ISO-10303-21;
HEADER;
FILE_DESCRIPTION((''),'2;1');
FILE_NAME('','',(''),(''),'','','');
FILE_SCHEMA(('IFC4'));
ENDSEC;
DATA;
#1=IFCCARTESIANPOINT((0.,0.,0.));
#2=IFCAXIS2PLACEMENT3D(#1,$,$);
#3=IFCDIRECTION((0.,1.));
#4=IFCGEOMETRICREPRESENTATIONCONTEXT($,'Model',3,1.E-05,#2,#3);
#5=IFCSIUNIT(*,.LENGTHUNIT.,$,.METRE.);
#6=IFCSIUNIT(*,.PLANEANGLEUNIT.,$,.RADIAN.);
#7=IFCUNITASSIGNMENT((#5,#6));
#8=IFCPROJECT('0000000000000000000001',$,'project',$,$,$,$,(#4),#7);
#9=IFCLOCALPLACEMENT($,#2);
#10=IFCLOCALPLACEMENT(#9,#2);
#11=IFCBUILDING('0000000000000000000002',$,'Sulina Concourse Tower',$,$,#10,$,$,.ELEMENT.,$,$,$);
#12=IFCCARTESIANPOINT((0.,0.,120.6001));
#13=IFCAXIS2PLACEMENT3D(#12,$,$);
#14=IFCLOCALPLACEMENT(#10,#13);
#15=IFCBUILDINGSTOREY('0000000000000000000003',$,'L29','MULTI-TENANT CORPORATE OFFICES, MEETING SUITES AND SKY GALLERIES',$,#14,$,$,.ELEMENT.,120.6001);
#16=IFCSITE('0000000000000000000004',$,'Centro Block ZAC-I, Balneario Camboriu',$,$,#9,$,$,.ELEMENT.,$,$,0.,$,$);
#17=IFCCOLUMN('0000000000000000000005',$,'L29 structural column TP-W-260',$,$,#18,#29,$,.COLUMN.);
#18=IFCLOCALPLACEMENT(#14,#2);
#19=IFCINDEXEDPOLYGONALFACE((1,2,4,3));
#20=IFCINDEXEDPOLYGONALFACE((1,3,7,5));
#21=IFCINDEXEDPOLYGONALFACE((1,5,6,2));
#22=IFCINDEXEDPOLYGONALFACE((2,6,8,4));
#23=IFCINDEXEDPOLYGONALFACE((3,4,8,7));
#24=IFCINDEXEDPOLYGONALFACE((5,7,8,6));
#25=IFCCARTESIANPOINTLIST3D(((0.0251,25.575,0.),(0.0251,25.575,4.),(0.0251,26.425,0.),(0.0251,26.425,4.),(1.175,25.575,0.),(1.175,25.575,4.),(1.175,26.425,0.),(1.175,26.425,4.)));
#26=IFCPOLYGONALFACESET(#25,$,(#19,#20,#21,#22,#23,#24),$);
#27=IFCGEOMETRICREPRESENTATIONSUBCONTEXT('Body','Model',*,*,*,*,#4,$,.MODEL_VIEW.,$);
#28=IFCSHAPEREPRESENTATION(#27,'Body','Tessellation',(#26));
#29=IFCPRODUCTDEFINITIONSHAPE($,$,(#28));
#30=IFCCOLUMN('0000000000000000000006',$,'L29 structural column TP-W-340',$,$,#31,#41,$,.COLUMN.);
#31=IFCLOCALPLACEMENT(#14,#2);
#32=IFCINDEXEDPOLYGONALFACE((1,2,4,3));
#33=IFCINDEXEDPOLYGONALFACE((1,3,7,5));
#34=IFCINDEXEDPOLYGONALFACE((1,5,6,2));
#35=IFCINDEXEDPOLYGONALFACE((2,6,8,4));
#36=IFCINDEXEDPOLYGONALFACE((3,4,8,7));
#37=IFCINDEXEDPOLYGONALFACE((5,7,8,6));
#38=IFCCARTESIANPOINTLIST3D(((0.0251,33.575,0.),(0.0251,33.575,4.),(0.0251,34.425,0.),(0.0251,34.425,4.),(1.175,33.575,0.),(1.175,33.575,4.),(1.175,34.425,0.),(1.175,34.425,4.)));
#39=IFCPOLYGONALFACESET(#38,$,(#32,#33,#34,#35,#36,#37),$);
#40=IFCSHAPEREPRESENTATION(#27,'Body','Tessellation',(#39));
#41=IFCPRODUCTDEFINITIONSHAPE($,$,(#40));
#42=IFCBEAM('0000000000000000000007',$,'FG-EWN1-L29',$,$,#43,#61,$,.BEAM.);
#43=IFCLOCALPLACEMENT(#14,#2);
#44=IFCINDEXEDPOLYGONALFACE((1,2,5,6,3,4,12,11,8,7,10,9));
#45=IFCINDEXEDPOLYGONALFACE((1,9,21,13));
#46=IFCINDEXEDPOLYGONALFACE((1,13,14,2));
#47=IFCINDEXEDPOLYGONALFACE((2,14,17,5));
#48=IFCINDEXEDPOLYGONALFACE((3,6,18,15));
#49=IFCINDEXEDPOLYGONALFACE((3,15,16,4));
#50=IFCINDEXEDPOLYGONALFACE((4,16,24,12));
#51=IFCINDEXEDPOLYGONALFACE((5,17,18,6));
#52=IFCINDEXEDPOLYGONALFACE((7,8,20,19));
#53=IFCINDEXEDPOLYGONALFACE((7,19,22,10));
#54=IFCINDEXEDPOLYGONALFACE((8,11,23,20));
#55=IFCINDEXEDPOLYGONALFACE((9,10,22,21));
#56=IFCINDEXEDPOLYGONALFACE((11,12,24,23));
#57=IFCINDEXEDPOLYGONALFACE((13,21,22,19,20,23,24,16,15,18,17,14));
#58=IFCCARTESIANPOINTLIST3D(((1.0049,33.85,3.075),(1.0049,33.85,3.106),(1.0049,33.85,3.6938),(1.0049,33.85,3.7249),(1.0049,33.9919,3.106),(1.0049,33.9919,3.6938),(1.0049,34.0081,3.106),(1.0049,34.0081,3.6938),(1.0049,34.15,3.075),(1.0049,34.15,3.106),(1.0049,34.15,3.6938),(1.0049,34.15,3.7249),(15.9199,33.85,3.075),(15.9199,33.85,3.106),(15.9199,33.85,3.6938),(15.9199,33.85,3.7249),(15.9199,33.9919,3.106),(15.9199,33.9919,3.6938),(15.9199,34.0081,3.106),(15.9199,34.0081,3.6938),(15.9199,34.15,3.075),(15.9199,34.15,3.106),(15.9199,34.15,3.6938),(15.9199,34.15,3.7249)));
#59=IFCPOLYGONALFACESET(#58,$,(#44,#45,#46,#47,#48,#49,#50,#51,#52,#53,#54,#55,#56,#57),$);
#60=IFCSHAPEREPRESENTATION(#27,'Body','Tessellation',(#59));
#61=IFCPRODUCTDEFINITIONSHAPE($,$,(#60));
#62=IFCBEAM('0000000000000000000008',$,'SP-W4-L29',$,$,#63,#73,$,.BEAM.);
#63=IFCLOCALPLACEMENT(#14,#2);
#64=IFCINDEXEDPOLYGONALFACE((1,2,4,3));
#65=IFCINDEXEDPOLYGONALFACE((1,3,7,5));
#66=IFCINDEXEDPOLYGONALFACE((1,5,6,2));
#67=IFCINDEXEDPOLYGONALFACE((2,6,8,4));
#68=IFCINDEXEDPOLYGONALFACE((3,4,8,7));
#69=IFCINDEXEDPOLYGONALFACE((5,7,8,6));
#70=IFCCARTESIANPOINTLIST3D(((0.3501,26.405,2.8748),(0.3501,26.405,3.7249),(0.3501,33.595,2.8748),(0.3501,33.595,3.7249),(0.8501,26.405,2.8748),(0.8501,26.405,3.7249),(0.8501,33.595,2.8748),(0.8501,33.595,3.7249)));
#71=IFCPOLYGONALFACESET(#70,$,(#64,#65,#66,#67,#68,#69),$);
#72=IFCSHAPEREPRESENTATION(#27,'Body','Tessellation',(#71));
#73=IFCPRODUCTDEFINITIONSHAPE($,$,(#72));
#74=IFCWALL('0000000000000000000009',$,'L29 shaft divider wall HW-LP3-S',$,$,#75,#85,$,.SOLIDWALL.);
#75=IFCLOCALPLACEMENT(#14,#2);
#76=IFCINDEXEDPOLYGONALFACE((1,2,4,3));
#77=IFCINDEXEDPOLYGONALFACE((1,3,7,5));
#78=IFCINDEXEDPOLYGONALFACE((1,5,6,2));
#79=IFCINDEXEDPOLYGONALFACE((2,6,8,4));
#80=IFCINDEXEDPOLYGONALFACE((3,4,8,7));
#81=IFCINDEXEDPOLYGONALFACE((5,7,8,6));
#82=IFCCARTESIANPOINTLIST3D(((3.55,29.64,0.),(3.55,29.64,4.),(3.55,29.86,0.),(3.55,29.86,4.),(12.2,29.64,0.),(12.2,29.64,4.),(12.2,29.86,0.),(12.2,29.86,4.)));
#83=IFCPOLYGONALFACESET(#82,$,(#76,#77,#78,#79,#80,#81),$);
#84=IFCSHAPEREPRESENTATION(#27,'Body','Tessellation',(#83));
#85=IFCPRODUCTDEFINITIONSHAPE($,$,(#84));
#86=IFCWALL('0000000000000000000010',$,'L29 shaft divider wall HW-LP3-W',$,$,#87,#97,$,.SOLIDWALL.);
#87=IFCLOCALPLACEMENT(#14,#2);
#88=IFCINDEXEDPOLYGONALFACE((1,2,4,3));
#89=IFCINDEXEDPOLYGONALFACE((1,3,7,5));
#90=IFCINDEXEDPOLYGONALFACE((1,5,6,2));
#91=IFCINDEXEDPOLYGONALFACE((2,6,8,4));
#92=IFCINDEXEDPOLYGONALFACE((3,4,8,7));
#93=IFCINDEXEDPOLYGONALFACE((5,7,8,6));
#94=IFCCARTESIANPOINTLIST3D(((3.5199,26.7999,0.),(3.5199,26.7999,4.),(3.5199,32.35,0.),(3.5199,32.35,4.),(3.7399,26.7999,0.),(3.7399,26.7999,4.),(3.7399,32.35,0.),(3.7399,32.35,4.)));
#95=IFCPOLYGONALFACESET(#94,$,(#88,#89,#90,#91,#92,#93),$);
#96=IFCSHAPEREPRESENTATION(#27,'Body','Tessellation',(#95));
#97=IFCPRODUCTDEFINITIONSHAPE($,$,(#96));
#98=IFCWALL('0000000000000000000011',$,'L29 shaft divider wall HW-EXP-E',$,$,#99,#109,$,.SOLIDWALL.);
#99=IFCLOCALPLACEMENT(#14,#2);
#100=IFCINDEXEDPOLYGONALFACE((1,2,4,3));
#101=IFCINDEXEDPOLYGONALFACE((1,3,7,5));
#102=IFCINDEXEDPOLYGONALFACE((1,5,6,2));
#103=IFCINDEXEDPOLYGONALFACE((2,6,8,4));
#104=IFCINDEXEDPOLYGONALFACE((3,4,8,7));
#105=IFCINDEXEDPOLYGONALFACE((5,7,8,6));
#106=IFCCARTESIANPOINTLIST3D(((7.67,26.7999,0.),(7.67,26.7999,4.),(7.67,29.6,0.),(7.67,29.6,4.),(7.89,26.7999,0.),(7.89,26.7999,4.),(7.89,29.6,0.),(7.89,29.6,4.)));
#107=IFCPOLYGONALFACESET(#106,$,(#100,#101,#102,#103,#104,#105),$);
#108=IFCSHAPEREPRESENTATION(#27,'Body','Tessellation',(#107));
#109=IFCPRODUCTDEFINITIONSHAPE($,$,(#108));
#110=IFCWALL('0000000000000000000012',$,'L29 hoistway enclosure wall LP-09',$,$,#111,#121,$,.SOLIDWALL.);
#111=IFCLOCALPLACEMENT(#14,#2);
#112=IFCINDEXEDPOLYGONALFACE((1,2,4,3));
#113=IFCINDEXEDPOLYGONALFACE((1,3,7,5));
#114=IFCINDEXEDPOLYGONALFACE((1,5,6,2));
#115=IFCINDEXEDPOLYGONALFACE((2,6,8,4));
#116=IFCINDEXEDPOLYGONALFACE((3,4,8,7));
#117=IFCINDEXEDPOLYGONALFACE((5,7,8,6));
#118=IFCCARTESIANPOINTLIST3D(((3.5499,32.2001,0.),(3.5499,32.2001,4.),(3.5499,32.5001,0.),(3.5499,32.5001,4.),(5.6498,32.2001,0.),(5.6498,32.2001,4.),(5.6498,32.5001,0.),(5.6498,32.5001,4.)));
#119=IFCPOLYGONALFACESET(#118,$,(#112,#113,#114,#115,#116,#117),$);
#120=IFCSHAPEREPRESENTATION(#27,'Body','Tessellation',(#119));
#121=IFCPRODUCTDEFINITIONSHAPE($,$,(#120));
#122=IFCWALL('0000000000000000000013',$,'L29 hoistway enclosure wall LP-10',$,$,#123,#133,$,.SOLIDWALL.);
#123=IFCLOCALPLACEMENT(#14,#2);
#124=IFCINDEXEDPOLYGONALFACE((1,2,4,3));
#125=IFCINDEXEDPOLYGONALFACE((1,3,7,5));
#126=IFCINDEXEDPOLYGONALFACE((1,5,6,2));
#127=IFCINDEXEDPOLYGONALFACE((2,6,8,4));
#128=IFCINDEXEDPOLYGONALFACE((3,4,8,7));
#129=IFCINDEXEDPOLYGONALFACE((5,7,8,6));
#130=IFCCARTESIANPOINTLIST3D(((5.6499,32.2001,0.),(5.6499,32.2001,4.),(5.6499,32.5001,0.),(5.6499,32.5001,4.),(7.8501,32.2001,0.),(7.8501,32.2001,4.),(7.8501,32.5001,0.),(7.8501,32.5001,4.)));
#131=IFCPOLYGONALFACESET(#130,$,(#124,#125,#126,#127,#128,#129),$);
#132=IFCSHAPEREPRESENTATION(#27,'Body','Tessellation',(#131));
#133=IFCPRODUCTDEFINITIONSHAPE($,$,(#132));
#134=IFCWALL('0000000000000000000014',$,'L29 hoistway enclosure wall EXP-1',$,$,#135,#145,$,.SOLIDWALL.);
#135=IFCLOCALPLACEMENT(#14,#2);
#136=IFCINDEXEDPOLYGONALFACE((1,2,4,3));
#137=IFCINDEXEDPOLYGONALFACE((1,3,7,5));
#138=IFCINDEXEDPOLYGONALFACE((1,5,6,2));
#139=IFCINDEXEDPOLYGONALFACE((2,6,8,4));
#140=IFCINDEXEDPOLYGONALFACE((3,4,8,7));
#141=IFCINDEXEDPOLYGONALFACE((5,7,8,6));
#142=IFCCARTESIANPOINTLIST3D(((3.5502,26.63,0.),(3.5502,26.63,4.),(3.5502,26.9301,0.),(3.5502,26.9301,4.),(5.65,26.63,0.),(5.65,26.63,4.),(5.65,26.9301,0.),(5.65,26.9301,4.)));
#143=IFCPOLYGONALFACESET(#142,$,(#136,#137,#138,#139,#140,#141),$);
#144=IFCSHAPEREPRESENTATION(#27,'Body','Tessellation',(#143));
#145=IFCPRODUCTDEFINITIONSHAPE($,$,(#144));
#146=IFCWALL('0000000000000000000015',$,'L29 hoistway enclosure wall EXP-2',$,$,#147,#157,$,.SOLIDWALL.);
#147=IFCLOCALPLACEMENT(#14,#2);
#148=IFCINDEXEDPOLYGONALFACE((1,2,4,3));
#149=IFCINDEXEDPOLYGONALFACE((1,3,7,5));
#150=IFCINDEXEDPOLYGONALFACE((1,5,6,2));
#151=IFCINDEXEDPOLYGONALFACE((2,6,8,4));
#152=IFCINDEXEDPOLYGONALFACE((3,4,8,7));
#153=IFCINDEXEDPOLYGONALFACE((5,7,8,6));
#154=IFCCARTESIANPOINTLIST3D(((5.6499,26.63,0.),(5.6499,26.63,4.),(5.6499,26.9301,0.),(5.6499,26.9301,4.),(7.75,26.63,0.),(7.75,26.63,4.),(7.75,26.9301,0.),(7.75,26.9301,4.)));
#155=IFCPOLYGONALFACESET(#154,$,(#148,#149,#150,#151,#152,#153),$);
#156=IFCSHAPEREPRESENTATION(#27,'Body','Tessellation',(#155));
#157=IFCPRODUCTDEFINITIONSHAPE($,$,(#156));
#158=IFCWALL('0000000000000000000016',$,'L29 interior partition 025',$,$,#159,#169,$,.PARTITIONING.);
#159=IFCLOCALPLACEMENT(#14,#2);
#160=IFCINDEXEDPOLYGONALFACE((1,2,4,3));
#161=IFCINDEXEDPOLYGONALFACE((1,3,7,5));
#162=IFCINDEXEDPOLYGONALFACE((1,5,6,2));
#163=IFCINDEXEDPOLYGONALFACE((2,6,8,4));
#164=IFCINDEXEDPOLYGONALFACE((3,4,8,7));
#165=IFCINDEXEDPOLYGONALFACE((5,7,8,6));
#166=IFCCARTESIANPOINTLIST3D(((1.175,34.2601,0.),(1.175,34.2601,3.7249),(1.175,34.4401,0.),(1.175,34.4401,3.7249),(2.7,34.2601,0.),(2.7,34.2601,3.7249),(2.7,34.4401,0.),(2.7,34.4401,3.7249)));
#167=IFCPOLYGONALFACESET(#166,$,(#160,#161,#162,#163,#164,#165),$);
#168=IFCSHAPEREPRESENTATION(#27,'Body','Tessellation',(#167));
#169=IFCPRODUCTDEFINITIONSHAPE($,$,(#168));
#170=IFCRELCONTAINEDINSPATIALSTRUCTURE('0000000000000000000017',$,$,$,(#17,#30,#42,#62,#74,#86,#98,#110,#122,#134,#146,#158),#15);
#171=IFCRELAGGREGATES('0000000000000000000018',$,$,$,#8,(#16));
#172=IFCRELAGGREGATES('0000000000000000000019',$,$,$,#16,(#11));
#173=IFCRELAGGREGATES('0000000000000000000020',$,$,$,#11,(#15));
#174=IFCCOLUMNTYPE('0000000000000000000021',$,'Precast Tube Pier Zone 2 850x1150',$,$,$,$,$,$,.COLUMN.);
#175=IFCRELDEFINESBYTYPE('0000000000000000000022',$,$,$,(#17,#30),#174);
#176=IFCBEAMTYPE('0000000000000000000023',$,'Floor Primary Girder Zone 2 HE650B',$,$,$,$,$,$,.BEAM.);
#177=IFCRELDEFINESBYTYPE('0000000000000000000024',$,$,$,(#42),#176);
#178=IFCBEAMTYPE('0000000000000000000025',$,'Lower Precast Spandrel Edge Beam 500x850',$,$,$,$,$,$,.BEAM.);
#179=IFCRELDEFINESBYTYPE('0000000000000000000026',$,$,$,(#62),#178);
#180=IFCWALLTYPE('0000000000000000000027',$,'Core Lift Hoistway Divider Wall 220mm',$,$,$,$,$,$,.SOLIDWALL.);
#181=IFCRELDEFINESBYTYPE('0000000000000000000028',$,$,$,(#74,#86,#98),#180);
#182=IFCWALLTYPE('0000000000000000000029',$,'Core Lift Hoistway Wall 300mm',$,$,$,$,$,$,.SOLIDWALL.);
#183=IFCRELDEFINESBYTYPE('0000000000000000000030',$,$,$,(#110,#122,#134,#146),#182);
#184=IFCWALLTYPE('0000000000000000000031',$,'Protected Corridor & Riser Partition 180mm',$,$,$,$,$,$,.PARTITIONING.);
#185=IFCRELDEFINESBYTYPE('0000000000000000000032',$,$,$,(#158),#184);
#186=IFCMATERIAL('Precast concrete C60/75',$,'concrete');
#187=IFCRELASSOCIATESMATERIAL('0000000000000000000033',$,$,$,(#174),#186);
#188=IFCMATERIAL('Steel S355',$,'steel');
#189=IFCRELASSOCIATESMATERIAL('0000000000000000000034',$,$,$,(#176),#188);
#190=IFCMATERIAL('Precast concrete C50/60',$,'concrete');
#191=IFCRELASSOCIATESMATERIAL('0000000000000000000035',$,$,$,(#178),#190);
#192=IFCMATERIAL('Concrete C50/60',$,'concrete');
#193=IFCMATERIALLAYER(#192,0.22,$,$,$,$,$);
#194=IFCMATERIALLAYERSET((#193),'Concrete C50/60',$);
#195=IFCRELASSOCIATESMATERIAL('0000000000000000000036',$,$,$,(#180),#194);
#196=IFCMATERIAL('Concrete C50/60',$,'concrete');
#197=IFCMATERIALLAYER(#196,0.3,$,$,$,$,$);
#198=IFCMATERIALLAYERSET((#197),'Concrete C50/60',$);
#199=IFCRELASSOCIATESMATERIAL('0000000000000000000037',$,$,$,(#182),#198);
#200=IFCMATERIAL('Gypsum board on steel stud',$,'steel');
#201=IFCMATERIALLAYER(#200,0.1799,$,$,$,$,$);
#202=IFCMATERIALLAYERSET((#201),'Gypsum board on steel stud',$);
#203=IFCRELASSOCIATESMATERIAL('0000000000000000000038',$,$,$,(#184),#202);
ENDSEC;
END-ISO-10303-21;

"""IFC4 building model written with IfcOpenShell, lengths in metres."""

from ifc_helpers import new_model, si_unit, direction, frame, frame_2d, origin, origin_2d, place, context, subcontext, project, spatial, rectangle, i_section, extrude, material, layer, layer_set, material_profile, profile_set, type_object, element, save


model = new_model("IFC4")

# Units and contexts
model_context = context("Model", 3, precision=1e-05, world=origin(), true_north=direction((0.0, 1.0)))
body_context = subcontext(model_context, "Body", "Model", "MODEL_VIEW")
ifc_project = project(units=[si_unit("LENGTHUNIT", "METRE"), si_unit("PLANEANGLEUNIT", "RADIAN")], contexts=[model_context])

# Site, building, storey
site_placement = place(None, origin())
site = spatial("IfcSite", under=ifc_project, at=site_placement, Name="Centro Block ZAC-I, Balneario Camboriu", CompositionType="ELEMENT", RefElevation=0.0)
building_placement = place(site_placement, origin())
building = spatial("IfcBuilding", under=site, at=building_placement, Name="Sulina Concourse Tower", CompositionType="ELEMENT")
storey_placement = place(building_placement, frame((0.0, 0.0, 120.6001)))
storey = spatial("IfcBuildingStorey", under=building, at=storey_placement, Name="L29", Description="MULTI-TENANT CORPORATE OFFICES, MEETING SUITES AND SKY GALLERIES", CompositionType="ELEMENT", Elevation=120.6001)

# Columns
ifc_material_1 = material(Name="Precast concrete C60/75", Category="concrete")
ifc_material_profile_1 = material_profile(ifc_material_1, rectangle(XDim=0.8501, YDim=1.1499, at=origin_2d()), Name="PC 850x1150")
ifc_profile_set_1 = profile_set([ifc_material_profile_1], Name="Precast concrete C60/75")
column_type = type_object("IfcColumnType", Name="Precast Tube Pier Zone 2 850x1150", PredefinedType="COLUMN", material=ifc_profile_set_1)
for number, where, z_axis, x_axis, name in (
    (1, (0.6001, 26.0, 0.0), (0.0, 0.0, 1.0), (0.0, 1.0, 0.0), "L29 structural column TP-W-260"),
    (2, (0.6001, 34.0, 0.0), (0.0, 0.0, 1.0), (0.0, 1.0, 0.0), "L29 structural column TP-W-340"),
):
    element("IfcColumn", number, at=place(storey_placement, frame(where, z_axis=z_axis, x_axis=x_axis)), inside=storey, type_object=column_type, Name=name, PredefinedType="COLUMN", context=body_context, shape_type="SweptSolid", body=[
        extrude(rectangle(XDim=0.8501, YDim=1.1499, at=origin_2d()), origin(), (0.0, 0.0, 1.0), 4.0),
    ])

# Beams
ifc_material_2 = material(Name="Steel S355", Category="steel")
ifc_material_profile_2 = material_profile(ifc_material_2, i_section(OverallWidth=0.3, OverallDepth=0.6499, WebThickness=0.0161, FlangeThickness=0.031, at=origin_2d()), Name="HE 650 B")
ifc_profile_set_2 = profile_set([ifc_material_profile_2], Name="Steel S355")
beam_type_1 = type_object("IfcBeamType", Name="Floor Primary Girder Zone 2 HE650B", PredefinedType="BEAM", material=ifc_profile_set_2)
beam_1_placement = place(storey_placement, frame((1.0049, 34.0, 3.3999), z_axis=(1.0, 0.0, 0.0), x_axis=(0.0, 1.0, 0.0)))
element("IfcBeam", 3, at=beam_1_placement, inside=storey, type_object=beam_type_1, Name="FG-EWN1-L29", PredefinedType="BEAM", context=body_context, shape_type="SweptSolid", body=[
    extrude(i_section(OverallWidth=0.3, OverallDepth=0.6499, WebThickness=0.0161, FlangeThickness=0.031, at=origin_2d()), origin(), (0.0, 0.0, 1.0), 14.915),
])
ifc_material_3 = material(Name="Precast concrete C50/60", Category="concrete")
ifc_material_profile_3 = material_profile(ifc_material_3, rectangle(XDim=0.5, YDim=0.8501, at=origin_2d()), Name="RC 500x850")
ifc_profile_set_3 = profile_set([ifc_material_profile_3], Name="Precast concrete C50/60")
beam_type_2 = type_object("IfcBeamType", Name="Lower Precast Spandrel Edge Beam 500x850", PredefinedType="BEAM", material=ifc_profile_set_3)
beam_2_placement = place(storey_placement, frame((0.6001, 26.405, 3.2998), z_axis=(0.0, 1.0, 0.0), x_axis=(-1.0, 0.0, 0.0)))
element("IfcBeam", 4, at=beam_2_placement, inside=storey, type_object=beam_type_2, Name="SP-W4-L29", PredefinedType="BEAM", context=body_context, shape_type="SweptSolid", body=[
    extrude(rectangle(XDim=0.5, YDim=0.8501, at=origin_2d()), origin(), (0.0, 0.0, 1.0), 7.1899),
])

# Walls
ifc_material_4 = material(Name="Concrete C50/60", Category="concrete")
ifc_layer_1 = layer(ifc_material_4, 0.22)
ifc_layer_set_1 = layer_set([ifc_layer_1], Name="Concrete C50/60")
wall_type_1 = type_object("IfcWallType", Name="Core Lift Hoistway Divider Wall 220mm", PredefinedType="SOLIDWALL", material=ifc_layer_set_1)
wall_1_placement = place(storey_placement, frame((3.55, 29.75, 0.0), z_axis=(0.0, 0.0, 1.0), x_axis=(1.0, 0.0, 0.0)))
element("IfcWall", 5, at=wall_1_placement, inside=storey, type_object=wall_type_1, Name="L29 shaft divider wall HW-LP3-S", PredefinedType="SOLIDWALL", context=body_context, shape_type="SweptSolid", body=[
    extrude(rectangle(XDim=8.6499, YDim=0.22, at=frame_2d((4.325, 0.0))), origin(), (0.0, 0.0, 1.0), 4.0),
])
wall_2_placement = place(storey_placement, frame((3.6299, 26.8, 0.0), z_axis=(0.0, 0.0, 1.0), x_axis=(0.0, 1.0, 0.0)))
element("IfcWall", 6, at=wall_2_placement, inside=storey, type_object=wall_type_1, Name="L29 shaft divider wall HW-LP3-W", PredefinedType="SOLIDWALL", context=body_context, shape_type="SweptSolid", body=[
    extrude(rectangle(XDim=5.55, YDim=0.22, at=frame_2d((2.7749, 0.0))), origin(), (0.0, 0.0, 1.0), 4.0),
])
wall_3_placement = place(storey_placement, frame((7.78, 26.8, 0.0), z_axis=(0.0, 0.0, 1.0), x_axis=(0.0, 1.0, 0.0)))
element("IfcWall", 7, at=wall_3_placement, inside=storey, type_object=wall_type_1, Name="L29 shaft divider wall HW-EXP-E", PredefinedType="SOLIDWALL", context=body_context, shape_type="SweptSolid", body=[
    extrude(rectangle(XDim=2.8, YDim=0.22, at=frame_2d((1.3999, 0.0))), origin(), (0.0, 0.0, 1.0), 4.0),
])
ifc_material_5 = material(Name="Concrete C50/60", Category="concrete")
ifc_layer_2 = layer(ifc_material_5, 0.3)
ifc_layer_set_2 = layer_set([ifc_layer_2], Name="Concrete C50/60")
wall_type_2 = type_object("IfcWallType", Name="Core Lift Hoistway Wall 300mm", PredefinedType="SOLIDWALL", material=ifc_layer_set_2)
wall_4_placement = place(storey_placement, frame((3.55, 32.3501, 0.0), z_axis=(0.0, 0.0, 1.0), x_axis=(1.0, 0.0, 0.0)))
element("IfcWall", 8, at=wall_4_placement, inside=storey, type_object=wall_type_2, Name="L29 hoistway enclosure wall LP-09", PredefinedType="SOLIDWALL", context=body_context, shape_type="SweptSolid", body=[
    extrude(rectangle(XDim=2.0999, YDim=0.3, at=frame_2d((1.0498, 0.0))), origin(), (0.0, 0.0, 1.0), 4.0),
])
wall_5_placement = place(storey_placement, frame((5.6499, 32.3501, 0.0), z_axis=(0.0, 0.0, 1.0), x_axis=(1.0, 0.0, 0.0)))
element("IfcWall", 9, at=wall_5_placement, inside=storey, type_object=wall_type_2, Name="L29 hoistway enclosure wall LP-10", PredefinedType="SOLIDWALL", context=body_context, shape_type="SweptSolid", body=[
    extrude(rectangle(XDim=2.2002, YDim=0.3, at=frame_2d((1.1001, 0.0))), origin(), (0.0, 0.0, 1.0), 4.0),
])
wall_6_placement = place(storey_placement, frame((5.6499, 26.78, 0.0), z_axis=(0.0, 0.0, 1.0), x_axis=(-1.0, 0.0, 0.0)))
element("IfcWall", 10, at=wall_6_placement, inside=storey, type_object=wall_type_2, Name="L29 hoistway enclosure wall EXP-1", PredefinedType="SOLIDWALL", context=body_context, shape_type="SweptSolid", body=[
    extrude(rectangle(XDim=2.0999, YDim=0.3, at=frame_2d((1.0498, 0.0))), origin(), (0.0, 0.0, 1.0), 4.0),
])
wall_7_placement = place(storey_placement, frame((7.75, 26.78, 0.0), z_axis=(0.0, 0.0, 1.0), x_axis=(-1.0, 0.0, 0.0)))
element("IfcWall", 11, at=wall_7_placement, inside=storey, type_object=wall_type_2, Name="L29 hoistway enclosure wall EXP-2", PredefinedType="SOLIDWALL", context=body_context, shape_type="SweptSolid", body=[
    extrude(rectangle(XDim=2.1001, YDim=0.3, at=frame_2d((1.05, 0.0))), origin(), (0.0, 0.0, 1.0), 4.0),
])
ifc_material_6 = material(Name="Gypsum board on steel stud", Category="steel")
ifc_layer_3 = layer(ifc_material_6, 0.1799)
ifc_layer_set_3 = layer_set([ifc_layer_3], Name="Gypsum board on steel stud")
wall_type_3 = type_object("IfcWallType", Name="Protected Corridor & Riser Partition 180mm", PredefinedType="PARTITIONING", material=ifc_layer_set_3)
wall_8_placement = place(storey_placement, frame((1.175, 34.3501, 0.0), z_axis=(0.0, 0.0, 1.0), x_axis=(1.0, 0.0, 0.0)))
element("IfcWall", 12, at=wall_8_placement, inside=storey, type_object=wall_type_3, Name="L29 interior partition 025", PredefinedType="PARTITIONING", context=body_context, shape_type="SweptSolid", body=[
    extrude(rectangle(XDim=1.5249, YDim=0.1799, at=frame_2d((0.7625, 0.0))), origin(), (0.0, 0.0, 1.0), 3.7249),
])

save(model, "model.ifc")
